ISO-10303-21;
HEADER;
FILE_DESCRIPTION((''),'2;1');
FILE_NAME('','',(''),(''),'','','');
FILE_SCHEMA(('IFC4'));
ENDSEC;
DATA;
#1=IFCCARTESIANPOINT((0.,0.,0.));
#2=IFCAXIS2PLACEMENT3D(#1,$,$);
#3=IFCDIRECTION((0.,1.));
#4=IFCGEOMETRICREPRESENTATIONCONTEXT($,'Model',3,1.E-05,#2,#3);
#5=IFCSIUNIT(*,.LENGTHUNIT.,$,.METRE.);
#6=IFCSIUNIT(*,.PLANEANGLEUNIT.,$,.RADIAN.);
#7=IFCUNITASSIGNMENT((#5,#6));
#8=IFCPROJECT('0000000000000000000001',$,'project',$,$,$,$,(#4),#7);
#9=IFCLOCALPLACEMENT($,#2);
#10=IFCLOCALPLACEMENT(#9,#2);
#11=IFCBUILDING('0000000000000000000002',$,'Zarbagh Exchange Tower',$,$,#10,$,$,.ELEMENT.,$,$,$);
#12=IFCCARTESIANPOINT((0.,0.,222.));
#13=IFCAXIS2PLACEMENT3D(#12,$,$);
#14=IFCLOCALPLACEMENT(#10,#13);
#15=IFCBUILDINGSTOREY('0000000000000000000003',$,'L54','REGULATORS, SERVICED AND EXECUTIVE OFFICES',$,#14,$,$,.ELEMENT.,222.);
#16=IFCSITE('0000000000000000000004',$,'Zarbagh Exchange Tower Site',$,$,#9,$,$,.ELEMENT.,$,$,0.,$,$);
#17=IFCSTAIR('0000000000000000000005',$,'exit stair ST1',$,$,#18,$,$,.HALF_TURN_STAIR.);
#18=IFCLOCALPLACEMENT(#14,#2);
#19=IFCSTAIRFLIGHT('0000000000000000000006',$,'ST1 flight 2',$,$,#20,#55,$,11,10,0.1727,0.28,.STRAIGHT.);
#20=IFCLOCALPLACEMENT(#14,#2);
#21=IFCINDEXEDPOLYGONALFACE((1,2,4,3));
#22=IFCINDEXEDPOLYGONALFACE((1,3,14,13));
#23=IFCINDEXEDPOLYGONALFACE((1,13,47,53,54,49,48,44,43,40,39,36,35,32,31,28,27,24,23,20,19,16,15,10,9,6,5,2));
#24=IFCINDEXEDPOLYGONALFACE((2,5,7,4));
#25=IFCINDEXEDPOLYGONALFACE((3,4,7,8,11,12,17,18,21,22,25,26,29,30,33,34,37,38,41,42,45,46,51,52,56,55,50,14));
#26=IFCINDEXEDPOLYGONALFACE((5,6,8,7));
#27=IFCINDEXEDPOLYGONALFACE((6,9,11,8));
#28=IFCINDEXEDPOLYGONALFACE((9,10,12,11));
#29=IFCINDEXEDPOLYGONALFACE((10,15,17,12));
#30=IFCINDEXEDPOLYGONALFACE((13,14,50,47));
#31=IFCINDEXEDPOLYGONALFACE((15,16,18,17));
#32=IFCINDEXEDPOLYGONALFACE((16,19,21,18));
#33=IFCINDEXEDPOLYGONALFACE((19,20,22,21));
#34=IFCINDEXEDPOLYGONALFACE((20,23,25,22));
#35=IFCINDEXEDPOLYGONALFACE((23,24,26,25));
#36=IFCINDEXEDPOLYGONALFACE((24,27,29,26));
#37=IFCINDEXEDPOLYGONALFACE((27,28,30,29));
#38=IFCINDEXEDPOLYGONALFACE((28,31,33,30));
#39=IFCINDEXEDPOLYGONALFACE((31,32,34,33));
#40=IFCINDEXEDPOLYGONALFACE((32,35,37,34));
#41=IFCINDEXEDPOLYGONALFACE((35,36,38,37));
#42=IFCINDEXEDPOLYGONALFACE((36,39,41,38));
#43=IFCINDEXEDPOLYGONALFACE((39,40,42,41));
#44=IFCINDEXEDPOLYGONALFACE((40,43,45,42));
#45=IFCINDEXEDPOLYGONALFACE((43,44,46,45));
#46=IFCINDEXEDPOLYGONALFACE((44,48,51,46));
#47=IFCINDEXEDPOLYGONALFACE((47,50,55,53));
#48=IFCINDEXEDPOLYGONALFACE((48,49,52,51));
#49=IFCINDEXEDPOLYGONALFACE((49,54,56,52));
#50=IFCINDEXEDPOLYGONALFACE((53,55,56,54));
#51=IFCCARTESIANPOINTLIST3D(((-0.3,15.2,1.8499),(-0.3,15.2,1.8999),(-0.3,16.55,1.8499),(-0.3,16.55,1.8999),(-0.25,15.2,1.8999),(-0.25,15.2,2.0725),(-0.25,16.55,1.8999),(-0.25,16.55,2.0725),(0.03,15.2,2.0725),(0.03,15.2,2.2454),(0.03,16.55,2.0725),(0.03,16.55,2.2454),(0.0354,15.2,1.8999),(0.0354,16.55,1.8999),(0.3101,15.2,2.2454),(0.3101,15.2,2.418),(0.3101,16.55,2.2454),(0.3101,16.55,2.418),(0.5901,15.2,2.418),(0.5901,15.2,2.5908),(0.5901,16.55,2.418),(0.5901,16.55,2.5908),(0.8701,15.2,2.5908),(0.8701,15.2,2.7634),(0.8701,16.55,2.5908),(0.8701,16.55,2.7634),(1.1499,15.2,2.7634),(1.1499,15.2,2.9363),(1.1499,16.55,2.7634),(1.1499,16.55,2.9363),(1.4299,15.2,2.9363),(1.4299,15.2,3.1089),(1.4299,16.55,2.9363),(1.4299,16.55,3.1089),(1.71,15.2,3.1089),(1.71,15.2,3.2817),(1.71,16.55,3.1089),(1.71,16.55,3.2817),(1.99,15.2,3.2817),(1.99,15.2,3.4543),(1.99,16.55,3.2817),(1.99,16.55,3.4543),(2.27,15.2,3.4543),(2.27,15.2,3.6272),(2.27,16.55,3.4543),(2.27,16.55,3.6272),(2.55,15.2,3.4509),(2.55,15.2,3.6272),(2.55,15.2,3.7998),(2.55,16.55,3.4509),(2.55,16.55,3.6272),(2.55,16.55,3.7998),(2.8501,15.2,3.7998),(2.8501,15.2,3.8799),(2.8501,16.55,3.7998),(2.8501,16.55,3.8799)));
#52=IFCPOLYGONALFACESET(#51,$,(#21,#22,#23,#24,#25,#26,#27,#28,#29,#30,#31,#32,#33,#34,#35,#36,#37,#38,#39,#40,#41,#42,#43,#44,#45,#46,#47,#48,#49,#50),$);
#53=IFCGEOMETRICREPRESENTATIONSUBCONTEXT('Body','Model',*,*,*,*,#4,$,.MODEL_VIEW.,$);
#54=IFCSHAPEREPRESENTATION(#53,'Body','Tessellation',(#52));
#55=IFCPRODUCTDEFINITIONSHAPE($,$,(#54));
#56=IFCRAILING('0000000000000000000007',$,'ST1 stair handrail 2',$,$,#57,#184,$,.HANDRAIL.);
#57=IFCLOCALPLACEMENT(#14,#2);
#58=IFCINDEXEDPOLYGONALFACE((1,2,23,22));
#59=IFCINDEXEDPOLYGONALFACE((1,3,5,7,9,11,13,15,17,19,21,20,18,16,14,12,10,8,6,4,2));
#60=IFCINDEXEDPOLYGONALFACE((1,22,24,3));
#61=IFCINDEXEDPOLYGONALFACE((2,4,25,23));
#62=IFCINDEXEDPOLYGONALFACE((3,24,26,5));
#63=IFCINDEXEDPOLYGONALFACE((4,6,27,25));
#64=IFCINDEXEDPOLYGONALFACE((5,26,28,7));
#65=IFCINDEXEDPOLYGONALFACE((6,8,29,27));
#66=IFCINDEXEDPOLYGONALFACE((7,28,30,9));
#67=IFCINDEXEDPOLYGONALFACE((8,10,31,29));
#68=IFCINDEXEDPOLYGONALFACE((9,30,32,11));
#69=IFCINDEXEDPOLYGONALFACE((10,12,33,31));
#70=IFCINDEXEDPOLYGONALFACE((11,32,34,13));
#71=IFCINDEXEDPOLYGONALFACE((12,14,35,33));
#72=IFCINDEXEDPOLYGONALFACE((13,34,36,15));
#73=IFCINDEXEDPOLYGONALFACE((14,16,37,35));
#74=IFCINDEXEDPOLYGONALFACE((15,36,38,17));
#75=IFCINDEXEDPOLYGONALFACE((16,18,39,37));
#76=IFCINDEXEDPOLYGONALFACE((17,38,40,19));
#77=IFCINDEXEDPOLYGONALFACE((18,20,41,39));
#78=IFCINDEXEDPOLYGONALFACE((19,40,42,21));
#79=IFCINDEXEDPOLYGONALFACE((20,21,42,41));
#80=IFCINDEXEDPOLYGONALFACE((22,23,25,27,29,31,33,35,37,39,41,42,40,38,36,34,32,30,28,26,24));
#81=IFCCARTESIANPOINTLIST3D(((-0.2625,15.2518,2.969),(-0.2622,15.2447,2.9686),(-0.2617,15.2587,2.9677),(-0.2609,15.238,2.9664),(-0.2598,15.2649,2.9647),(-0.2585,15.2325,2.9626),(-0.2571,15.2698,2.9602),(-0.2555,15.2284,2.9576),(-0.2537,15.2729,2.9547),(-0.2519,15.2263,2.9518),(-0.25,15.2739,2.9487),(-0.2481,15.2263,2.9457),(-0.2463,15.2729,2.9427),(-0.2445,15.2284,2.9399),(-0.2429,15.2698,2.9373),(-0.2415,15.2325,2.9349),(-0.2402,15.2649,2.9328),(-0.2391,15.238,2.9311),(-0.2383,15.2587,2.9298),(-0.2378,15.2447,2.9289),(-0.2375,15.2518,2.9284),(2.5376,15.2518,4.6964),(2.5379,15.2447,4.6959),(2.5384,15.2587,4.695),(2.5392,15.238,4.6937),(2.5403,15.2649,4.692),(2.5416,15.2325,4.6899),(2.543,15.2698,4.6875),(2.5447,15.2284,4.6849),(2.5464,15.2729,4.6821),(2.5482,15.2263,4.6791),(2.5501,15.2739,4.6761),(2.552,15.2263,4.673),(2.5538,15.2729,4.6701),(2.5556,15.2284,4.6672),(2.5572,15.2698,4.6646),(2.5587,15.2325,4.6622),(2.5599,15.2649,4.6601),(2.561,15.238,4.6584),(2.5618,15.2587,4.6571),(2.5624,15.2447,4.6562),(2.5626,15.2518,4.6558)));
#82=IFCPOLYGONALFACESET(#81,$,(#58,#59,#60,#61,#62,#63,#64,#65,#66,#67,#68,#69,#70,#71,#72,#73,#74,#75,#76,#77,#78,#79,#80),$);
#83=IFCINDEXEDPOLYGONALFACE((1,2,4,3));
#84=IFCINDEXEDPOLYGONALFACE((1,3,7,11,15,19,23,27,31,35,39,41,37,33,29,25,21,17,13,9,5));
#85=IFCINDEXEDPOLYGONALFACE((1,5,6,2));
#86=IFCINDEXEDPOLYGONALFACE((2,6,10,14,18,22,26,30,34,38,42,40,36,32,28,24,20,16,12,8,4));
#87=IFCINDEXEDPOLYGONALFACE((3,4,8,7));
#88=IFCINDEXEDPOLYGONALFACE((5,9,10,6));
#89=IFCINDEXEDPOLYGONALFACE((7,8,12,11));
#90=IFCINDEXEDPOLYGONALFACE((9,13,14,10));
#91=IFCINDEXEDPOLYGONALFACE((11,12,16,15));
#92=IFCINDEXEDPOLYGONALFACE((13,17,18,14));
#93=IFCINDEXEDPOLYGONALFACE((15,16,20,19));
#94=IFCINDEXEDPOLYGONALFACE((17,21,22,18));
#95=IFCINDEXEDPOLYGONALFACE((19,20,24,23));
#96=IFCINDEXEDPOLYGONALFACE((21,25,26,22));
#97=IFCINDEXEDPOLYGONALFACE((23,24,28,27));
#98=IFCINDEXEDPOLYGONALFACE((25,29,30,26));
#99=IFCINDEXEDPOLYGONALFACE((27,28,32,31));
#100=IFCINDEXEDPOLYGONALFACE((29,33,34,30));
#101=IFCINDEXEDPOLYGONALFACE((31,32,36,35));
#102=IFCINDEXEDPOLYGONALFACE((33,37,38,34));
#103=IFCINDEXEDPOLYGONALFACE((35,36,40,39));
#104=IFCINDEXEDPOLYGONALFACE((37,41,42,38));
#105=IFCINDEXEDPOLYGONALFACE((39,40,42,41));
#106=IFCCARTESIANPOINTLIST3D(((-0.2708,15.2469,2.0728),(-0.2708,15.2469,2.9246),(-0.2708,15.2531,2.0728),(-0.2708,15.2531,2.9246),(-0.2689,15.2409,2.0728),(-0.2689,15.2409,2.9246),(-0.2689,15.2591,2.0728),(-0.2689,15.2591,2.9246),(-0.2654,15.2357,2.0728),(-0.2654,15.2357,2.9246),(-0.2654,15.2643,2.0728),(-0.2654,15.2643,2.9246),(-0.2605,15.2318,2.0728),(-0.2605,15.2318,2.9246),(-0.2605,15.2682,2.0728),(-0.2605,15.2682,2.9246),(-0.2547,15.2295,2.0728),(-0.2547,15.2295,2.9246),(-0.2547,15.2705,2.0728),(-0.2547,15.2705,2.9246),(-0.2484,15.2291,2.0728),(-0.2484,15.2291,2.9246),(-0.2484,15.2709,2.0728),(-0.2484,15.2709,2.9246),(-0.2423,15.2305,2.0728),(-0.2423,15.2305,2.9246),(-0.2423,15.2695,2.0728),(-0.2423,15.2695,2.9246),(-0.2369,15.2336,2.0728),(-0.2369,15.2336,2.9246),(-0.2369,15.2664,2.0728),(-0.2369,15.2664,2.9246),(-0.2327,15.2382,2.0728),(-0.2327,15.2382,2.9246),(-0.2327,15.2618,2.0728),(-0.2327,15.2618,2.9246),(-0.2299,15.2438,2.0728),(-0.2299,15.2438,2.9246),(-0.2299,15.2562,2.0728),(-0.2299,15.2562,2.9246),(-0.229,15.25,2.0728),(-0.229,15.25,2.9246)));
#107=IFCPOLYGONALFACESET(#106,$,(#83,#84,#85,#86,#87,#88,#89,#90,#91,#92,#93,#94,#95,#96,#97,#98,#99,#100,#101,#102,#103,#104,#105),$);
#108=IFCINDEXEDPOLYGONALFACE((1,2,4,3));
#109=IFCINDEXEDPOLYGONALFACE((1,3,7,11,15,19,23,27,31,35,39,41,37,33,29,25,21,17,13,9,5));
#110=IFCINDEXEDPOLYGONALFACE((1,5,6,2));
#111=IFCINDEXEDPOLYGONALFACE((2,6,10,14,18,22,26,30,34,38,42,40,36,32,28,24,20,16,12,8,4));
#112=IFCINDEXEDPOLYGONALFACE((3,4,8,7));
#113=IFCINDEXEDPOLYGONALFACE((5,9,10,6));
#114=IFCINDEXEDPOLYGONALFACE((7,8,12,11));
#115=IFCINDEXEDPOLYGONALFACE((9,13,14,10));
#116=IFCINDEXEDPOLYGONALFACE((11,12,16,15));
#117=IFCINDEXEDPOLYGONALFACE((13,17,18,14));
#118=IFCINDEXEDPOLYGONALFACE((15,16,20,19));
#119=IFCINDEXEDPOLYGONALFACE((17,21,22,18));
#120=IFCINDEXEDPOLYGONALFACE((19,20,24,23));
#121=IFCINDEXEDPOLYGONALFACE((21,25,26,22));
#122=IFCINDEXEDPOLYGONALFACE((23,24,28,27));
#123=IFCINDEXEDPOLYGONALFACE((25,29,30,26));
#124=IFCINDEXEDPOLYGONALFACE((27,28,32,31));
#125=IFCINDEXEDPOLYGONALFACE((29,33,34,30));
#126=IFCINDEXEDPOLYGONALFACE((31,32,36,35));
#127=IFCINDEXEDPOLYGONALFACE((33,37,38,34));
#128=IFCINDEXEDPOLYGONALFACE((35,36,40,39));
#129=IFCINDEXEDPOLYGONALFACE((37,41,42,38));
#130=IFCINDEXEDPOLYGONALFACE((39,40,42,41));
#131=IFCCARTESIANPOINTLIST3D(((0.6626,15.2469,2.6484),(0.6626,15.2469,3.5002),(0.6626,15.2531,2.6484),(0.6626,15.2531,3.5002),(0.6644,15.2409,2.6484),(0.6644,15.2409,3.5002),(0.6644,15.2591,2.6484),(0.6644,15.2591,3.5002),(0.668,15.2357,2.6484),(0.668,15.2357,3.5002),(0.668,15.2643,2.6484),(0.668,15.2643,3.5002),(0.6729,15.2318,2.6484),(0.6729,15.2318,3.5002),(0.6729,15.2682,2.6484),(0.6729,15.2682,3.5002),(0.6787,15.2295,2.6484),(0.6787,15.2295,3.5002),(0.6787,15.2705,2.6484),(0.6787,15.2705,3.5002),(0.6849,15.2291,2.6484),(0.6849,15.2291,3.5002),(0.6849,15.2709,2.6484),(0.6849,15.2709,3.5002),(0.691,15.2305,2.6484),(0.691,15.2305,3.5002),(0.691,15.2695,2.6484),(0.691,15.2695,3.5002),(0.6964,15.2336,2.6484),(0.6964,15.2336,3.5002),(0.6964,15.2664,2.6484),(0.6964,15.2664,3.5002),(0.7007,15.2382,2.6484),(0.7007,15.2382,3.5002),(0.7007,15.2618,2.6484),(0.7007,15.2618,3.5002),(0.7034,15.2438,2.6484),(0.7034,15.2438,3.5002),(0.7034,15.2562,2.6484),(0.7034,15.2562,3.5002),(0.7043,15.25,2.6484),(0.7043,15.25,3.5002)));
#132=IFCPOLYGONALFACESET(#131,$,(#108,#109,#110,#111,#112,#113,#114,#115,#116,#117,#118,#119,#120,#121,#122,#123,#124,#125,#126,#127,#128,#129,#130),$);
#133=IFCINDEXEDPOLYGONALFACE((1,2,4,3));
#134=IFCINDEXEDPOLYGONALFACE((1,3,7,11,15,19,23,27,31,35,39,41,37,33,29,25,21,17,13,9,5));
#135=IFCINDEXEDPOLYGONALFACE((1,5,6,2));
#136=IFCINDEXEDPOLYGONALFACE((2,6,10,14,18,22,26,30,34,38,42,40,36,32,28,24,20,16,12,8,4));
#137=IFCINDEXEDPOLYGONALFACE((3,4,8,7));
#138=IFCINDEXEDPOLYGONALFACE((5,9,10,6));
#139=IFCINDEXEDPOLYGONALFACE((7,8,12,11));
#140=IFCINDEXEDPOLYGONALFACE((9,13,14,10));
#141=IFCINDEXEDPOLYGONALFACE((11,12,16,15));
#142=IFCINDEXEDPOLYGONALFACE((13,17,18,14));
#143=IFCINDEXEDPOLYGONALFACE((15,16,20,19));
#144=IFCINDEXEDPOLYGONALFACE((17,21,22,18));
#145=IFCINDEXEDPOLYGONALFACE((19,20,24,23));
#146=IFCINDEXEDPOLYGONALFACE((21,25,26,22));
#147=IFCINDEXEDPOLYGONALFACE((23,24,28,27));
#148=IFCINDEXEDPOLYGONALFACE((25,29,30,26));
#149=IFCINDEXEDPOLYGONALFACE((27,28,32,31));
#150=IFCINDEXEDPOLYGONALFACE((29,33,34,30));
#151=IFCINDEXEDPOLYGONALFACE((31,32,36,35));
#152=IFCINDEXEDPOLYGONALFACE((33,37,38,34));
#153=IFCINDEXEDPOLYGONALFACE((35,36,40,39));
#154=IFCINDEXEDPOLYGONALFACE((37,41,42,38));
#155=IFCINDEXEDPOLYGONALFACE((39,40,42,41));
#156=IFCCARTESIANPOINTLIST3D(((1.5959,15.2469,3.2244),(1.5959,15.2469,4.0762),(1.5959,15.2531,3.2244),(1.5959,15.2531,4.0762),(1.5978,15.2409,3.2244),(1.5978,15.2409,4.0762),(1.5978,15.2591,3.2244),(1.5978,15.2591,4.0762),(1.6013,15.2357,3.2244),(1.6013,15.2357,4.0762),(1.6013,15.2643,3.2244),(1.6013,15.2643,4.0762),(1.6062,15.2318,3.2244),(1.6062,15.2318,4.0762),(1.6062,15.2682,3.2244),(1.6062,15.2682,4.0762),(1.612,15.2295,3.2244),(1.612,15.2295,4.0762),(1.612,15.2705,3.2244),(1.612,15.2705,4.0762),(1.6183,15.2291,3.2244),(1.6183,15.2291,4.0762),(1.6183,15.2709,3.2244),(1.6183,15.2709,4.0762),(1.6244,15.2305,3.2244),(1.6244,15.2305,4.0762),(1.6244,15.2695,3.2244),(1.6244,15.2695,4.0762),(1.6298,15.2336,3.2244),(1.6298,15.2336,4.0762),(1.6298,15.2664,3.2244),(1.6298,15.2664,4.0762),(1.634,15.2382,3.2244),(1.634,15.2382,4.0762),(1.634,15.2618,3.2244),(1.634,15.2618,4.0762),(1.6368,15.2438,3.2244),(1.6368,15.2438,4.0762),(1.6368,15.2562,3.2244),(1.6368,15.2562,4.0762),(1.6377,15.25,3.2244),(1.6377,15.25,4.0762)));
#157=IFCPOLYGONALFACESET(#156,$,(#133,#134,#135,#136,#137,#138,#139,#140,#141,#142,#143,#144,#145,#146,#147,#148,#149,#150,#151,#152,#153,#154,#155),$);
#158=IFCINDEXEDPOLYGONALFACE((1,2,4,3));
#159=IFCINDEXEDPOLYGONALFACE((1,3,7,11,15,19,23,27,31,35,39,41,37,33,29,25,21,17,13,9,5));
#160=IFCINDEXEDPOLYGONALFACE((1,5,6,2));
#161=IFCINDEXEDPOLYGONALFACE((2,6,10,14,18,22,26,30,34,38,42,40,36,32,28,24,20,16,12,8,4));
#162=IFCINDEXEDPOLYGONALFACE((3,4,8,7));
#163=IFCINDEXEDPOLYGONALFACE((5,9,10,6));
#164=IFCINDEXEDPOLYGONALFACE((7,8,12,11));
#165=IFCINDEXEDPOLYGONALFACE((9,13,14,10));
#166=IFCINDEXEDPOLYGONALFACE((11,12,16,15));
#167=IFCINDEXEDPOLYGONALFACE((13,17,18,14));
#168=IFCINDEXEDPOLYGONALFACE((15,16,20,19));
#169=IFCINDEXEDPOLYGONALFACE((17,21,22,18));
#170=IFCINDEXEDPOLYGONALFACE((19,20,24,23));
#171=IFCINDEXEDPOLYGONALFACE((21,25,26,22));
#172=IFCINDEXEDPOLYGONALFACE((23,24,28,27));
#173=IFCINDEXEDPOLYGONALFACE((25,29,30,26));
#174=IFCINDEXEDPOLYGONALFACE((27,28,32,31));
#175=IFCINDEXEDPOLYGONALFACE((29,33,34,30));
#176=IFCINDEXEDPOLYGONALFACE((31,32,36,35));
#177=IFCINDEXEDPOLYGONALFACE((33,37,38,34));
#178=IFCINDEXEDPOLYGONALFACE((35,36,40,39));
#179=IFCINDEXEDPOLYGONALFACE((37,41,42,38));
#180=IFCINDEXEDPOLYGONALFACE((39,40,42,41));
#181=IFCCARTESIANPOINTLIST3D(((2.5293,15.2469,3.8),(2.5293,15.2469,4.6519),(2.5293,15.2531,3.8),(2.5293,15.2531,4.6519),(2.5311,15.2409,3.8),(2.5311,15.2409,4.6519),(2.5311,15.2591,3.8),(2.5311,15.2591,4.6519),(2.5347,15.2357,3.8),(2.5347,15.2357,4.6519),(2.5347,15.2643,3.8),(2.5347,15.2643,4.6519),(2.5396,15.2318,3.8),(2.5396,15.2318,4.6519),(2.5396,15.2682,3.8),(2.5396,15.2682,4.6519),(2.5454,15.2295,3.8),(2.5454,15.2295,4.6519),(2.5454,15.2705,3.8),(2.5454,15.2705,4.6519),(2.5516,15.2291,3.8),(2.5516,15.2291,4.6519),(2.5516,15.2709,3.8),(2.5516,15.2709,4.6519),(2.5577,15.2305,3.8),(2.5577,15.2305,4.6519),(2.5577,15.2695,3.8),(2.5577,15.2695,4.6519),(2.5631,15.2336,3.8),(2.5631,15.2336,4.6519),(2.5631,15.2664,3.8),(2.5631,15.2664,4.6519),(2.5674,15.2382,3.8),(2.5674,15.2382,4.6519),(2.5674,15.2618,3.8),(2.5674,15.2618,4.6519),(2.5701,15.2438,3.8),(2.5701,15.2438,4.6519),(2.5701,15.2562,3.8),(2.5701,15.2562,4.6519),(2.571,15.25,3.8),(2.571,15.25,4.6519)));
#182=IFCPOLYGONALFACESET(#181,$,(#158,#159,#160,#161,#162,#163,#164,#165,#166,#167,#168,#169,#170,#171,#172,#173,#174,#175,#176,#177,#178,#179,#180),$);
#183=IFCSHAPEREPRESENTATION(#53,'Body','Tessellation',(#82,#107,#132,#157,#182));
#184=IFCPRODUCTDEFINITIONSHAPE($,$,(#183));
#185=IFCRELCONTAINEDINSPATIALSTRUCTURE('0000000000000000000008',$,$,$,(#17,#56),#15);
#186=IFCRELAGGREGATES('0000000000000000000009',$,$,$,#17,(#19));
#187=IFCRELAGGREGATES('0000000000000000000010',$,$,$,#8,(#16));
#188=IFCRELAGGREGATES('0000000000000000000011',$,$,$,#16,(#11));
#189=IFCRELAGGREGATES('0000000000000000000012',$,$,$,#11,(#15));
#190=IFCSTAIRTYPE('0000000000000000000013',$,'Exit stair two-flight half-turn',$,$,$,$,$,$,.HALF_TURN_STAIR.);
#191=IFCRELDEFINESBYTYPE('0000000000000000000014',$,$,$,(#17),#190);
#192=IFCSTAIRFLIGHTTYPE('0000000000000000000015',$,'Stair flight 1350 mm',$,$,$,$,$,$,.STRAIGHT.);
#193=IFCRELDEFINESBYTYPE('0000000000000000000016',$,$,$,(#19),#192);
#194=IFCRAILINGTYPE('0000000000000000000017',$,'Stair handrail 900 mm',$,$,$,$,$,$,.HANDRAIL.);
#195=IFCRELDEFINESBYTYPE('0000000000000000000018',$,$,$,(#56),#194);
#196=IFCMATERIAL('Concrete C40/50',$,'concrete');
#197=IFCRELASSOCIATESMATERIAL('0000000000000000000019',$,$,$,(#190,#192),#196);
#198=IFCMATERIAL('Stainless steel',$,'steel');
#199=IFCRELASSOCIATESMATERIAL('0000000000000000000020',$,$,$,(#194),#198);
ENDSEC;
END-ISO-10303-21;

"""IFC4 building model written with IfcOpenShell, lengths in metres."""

from ifc_helpers import new_model, si_unit, direction, frame, origin, origin_2d, place, context, subcontext, project, spatial, polyline, circle, outline, extrude, material, type_object, element, aggregate, save


model = new_model("IFC4")

# Units and contexts
model_context = context("Model", 3, precision=1e-05, world=origin(), true_north=direction((0.0, 1.0)))
body_context = subcontext(model_context, "Body", "Model", "MODEL_VIEW")
ifc_project = project(units=[si_unit("LENGTHUNIT", "METRE"), si_unit("PLANEANGLEUNIT", "RADIAN")], contexts=[model_context])

# Site, building, storey
site_placement = place(None, origin())
site = spatial("IfcSite", under=ifc_project, at=site_placement, Name="Zarbagh Exchange Tower Site", CompositionType="ELEMENT", RefElevation=0.0)
building_placement = place(site_placement, origin())
building = spatial("IfcBuilding", under=site, at=building_placement, Name="Zarbagh Exchange Tower", CompositionType="ELEMENT")
storey_placement = place(building_placement, frame((0.0, 0.0, 222.0)))
storey = spatial("IfcBuildingStorey", under=building, at=storey_placement, Name="L54", Description="REGULATORS, SERVICED AND EXECUTIVE OFFICES", CompositionType="ELEMENT", Elevation=222.0)

# Stair, stair flight
ifc_material_1 = material(Name="Concrete C40/50", Category="concrete")
stair_type = type_object("IfcStairType", Name="Exit stair two-flight half-turn", PredefinedType="HALF_TURN_STAIR", material=ifc_material_1)
stair_placement = place(storey_placement, origin())
stair = element("IfcStair", 1, at=stair_placement, inside=storey, type_object=stair_type, Name="exit stair ST1", PredefinedType="HALF_TURN_STAIR")
stair_flight_type = type_object("IfcStairFlightType", Name="Stair flight 1350 mm", PredefinedType="STRAIGHT", material=ifc_material_1)
stair_flight_placement = place(storey_placement, frame((-0.25, 15.875, 1.8999), z_axis=(0.0, 0.0, 1.0), x_axis=(1.0, 0.0, 0.0)))
stair_flight = element("IfcStairFlight", 2, at=stair_flight_placement, type_object=stair_flight_type, Name="ST1 flight 2", NumberOfRisers=11, NumberOfTreads=10, PredefinedType="STRAIGHT", RiserHeight=0.1727, TreadLength=0.28, context=body_context, shape_type="SweptSolid", body=[
    extrude(outline(polyline([(-0.05, -0.05), (-0.05, 0.0), (0.0, 0.0), (0.0, 0.1726), (0.28, 0.1726), (0.28, 0.3455), (0.5601, 0.3455), (0.5601, 0.5181), (0.8401, 0.5181), (0.8401, 0.6909), (1.1201, 0.6909), (1.1201, 0.8635), (1.3999, 0.8635), (1.3999, 1.0364), (1.6799, 1.0364), (1.6799, 1.209), (1.96, 1.209), (1.96, 1.3818), (2.24, 1.3818), (2.24, 1.5544), (2.52, 1.5544), (2.52, 1.7273), (2.8, 1.7273), (2.8, 1.8999), (3.1001, 1.98), (3.1001, 1.8999), (2.8, 1.551), (0.2854, 0.0), (-0.05, -0.05)])), frame((0.0, 0.675, 0.0), z_axis=(0.0, -1.0, 0.0), x_axis=(1.0, 0.0, 0.0)), (0.0, 0.0, 1.0), 1.3501),
])
aggregate(stair, [stair_flight])

# Railing
ifc_material_2 = material(Name="Stainless steel", Category="steel")
railing_type = type_object("IfcRailingType", Name="Stair handrail 900 mm", PredefinedType="HANDRAIL", material=ifc_material_2)
railing_placement = place(storey_placement, frame((-0.25, 15.25, 2.0728)))
element("IfcRailing", 3, at=railing_placement, inside=storey, type_object=railing_type, Name="ST1 stair handrail 2", PredefinedType="HANDRAIL", context=body_context, shape_type="SweptSolid", body=[
    extrude(circle(Radius=0.0239, at=origin_2d()), frame((0.0, 0.0, 0.876), z_axis=(0.85109, 0.0, 0.52502), x_axis=(0.0, 1.0, 0.0)), (0.0, 0.0, 1.0), 3.29),
    extrude(circle(Radius=0.021, at=origin_2d()), origin(), (0.0, 0.0, 1.0), 0.8518),
    extrude(circle(Radius=0.021, at=origin_2d()), frame((0.9333, 0.0, 0.5757)), (0.0, 0.0, 1.0), 0.8518),
    extrude(circle(Radius=0.021, at=origin_2d()), frame((1.8667, 0.0, 1.1516)), (0.0, 0.0, 1.0), 0.8518),
    extrude(circle(Radius=0.021, at=origin_2d()), frame((2.8, 0.0, 1.7273)), (0.0, 0.0, 1.0), 0.8518),
])

save(model, "model.ifc")
